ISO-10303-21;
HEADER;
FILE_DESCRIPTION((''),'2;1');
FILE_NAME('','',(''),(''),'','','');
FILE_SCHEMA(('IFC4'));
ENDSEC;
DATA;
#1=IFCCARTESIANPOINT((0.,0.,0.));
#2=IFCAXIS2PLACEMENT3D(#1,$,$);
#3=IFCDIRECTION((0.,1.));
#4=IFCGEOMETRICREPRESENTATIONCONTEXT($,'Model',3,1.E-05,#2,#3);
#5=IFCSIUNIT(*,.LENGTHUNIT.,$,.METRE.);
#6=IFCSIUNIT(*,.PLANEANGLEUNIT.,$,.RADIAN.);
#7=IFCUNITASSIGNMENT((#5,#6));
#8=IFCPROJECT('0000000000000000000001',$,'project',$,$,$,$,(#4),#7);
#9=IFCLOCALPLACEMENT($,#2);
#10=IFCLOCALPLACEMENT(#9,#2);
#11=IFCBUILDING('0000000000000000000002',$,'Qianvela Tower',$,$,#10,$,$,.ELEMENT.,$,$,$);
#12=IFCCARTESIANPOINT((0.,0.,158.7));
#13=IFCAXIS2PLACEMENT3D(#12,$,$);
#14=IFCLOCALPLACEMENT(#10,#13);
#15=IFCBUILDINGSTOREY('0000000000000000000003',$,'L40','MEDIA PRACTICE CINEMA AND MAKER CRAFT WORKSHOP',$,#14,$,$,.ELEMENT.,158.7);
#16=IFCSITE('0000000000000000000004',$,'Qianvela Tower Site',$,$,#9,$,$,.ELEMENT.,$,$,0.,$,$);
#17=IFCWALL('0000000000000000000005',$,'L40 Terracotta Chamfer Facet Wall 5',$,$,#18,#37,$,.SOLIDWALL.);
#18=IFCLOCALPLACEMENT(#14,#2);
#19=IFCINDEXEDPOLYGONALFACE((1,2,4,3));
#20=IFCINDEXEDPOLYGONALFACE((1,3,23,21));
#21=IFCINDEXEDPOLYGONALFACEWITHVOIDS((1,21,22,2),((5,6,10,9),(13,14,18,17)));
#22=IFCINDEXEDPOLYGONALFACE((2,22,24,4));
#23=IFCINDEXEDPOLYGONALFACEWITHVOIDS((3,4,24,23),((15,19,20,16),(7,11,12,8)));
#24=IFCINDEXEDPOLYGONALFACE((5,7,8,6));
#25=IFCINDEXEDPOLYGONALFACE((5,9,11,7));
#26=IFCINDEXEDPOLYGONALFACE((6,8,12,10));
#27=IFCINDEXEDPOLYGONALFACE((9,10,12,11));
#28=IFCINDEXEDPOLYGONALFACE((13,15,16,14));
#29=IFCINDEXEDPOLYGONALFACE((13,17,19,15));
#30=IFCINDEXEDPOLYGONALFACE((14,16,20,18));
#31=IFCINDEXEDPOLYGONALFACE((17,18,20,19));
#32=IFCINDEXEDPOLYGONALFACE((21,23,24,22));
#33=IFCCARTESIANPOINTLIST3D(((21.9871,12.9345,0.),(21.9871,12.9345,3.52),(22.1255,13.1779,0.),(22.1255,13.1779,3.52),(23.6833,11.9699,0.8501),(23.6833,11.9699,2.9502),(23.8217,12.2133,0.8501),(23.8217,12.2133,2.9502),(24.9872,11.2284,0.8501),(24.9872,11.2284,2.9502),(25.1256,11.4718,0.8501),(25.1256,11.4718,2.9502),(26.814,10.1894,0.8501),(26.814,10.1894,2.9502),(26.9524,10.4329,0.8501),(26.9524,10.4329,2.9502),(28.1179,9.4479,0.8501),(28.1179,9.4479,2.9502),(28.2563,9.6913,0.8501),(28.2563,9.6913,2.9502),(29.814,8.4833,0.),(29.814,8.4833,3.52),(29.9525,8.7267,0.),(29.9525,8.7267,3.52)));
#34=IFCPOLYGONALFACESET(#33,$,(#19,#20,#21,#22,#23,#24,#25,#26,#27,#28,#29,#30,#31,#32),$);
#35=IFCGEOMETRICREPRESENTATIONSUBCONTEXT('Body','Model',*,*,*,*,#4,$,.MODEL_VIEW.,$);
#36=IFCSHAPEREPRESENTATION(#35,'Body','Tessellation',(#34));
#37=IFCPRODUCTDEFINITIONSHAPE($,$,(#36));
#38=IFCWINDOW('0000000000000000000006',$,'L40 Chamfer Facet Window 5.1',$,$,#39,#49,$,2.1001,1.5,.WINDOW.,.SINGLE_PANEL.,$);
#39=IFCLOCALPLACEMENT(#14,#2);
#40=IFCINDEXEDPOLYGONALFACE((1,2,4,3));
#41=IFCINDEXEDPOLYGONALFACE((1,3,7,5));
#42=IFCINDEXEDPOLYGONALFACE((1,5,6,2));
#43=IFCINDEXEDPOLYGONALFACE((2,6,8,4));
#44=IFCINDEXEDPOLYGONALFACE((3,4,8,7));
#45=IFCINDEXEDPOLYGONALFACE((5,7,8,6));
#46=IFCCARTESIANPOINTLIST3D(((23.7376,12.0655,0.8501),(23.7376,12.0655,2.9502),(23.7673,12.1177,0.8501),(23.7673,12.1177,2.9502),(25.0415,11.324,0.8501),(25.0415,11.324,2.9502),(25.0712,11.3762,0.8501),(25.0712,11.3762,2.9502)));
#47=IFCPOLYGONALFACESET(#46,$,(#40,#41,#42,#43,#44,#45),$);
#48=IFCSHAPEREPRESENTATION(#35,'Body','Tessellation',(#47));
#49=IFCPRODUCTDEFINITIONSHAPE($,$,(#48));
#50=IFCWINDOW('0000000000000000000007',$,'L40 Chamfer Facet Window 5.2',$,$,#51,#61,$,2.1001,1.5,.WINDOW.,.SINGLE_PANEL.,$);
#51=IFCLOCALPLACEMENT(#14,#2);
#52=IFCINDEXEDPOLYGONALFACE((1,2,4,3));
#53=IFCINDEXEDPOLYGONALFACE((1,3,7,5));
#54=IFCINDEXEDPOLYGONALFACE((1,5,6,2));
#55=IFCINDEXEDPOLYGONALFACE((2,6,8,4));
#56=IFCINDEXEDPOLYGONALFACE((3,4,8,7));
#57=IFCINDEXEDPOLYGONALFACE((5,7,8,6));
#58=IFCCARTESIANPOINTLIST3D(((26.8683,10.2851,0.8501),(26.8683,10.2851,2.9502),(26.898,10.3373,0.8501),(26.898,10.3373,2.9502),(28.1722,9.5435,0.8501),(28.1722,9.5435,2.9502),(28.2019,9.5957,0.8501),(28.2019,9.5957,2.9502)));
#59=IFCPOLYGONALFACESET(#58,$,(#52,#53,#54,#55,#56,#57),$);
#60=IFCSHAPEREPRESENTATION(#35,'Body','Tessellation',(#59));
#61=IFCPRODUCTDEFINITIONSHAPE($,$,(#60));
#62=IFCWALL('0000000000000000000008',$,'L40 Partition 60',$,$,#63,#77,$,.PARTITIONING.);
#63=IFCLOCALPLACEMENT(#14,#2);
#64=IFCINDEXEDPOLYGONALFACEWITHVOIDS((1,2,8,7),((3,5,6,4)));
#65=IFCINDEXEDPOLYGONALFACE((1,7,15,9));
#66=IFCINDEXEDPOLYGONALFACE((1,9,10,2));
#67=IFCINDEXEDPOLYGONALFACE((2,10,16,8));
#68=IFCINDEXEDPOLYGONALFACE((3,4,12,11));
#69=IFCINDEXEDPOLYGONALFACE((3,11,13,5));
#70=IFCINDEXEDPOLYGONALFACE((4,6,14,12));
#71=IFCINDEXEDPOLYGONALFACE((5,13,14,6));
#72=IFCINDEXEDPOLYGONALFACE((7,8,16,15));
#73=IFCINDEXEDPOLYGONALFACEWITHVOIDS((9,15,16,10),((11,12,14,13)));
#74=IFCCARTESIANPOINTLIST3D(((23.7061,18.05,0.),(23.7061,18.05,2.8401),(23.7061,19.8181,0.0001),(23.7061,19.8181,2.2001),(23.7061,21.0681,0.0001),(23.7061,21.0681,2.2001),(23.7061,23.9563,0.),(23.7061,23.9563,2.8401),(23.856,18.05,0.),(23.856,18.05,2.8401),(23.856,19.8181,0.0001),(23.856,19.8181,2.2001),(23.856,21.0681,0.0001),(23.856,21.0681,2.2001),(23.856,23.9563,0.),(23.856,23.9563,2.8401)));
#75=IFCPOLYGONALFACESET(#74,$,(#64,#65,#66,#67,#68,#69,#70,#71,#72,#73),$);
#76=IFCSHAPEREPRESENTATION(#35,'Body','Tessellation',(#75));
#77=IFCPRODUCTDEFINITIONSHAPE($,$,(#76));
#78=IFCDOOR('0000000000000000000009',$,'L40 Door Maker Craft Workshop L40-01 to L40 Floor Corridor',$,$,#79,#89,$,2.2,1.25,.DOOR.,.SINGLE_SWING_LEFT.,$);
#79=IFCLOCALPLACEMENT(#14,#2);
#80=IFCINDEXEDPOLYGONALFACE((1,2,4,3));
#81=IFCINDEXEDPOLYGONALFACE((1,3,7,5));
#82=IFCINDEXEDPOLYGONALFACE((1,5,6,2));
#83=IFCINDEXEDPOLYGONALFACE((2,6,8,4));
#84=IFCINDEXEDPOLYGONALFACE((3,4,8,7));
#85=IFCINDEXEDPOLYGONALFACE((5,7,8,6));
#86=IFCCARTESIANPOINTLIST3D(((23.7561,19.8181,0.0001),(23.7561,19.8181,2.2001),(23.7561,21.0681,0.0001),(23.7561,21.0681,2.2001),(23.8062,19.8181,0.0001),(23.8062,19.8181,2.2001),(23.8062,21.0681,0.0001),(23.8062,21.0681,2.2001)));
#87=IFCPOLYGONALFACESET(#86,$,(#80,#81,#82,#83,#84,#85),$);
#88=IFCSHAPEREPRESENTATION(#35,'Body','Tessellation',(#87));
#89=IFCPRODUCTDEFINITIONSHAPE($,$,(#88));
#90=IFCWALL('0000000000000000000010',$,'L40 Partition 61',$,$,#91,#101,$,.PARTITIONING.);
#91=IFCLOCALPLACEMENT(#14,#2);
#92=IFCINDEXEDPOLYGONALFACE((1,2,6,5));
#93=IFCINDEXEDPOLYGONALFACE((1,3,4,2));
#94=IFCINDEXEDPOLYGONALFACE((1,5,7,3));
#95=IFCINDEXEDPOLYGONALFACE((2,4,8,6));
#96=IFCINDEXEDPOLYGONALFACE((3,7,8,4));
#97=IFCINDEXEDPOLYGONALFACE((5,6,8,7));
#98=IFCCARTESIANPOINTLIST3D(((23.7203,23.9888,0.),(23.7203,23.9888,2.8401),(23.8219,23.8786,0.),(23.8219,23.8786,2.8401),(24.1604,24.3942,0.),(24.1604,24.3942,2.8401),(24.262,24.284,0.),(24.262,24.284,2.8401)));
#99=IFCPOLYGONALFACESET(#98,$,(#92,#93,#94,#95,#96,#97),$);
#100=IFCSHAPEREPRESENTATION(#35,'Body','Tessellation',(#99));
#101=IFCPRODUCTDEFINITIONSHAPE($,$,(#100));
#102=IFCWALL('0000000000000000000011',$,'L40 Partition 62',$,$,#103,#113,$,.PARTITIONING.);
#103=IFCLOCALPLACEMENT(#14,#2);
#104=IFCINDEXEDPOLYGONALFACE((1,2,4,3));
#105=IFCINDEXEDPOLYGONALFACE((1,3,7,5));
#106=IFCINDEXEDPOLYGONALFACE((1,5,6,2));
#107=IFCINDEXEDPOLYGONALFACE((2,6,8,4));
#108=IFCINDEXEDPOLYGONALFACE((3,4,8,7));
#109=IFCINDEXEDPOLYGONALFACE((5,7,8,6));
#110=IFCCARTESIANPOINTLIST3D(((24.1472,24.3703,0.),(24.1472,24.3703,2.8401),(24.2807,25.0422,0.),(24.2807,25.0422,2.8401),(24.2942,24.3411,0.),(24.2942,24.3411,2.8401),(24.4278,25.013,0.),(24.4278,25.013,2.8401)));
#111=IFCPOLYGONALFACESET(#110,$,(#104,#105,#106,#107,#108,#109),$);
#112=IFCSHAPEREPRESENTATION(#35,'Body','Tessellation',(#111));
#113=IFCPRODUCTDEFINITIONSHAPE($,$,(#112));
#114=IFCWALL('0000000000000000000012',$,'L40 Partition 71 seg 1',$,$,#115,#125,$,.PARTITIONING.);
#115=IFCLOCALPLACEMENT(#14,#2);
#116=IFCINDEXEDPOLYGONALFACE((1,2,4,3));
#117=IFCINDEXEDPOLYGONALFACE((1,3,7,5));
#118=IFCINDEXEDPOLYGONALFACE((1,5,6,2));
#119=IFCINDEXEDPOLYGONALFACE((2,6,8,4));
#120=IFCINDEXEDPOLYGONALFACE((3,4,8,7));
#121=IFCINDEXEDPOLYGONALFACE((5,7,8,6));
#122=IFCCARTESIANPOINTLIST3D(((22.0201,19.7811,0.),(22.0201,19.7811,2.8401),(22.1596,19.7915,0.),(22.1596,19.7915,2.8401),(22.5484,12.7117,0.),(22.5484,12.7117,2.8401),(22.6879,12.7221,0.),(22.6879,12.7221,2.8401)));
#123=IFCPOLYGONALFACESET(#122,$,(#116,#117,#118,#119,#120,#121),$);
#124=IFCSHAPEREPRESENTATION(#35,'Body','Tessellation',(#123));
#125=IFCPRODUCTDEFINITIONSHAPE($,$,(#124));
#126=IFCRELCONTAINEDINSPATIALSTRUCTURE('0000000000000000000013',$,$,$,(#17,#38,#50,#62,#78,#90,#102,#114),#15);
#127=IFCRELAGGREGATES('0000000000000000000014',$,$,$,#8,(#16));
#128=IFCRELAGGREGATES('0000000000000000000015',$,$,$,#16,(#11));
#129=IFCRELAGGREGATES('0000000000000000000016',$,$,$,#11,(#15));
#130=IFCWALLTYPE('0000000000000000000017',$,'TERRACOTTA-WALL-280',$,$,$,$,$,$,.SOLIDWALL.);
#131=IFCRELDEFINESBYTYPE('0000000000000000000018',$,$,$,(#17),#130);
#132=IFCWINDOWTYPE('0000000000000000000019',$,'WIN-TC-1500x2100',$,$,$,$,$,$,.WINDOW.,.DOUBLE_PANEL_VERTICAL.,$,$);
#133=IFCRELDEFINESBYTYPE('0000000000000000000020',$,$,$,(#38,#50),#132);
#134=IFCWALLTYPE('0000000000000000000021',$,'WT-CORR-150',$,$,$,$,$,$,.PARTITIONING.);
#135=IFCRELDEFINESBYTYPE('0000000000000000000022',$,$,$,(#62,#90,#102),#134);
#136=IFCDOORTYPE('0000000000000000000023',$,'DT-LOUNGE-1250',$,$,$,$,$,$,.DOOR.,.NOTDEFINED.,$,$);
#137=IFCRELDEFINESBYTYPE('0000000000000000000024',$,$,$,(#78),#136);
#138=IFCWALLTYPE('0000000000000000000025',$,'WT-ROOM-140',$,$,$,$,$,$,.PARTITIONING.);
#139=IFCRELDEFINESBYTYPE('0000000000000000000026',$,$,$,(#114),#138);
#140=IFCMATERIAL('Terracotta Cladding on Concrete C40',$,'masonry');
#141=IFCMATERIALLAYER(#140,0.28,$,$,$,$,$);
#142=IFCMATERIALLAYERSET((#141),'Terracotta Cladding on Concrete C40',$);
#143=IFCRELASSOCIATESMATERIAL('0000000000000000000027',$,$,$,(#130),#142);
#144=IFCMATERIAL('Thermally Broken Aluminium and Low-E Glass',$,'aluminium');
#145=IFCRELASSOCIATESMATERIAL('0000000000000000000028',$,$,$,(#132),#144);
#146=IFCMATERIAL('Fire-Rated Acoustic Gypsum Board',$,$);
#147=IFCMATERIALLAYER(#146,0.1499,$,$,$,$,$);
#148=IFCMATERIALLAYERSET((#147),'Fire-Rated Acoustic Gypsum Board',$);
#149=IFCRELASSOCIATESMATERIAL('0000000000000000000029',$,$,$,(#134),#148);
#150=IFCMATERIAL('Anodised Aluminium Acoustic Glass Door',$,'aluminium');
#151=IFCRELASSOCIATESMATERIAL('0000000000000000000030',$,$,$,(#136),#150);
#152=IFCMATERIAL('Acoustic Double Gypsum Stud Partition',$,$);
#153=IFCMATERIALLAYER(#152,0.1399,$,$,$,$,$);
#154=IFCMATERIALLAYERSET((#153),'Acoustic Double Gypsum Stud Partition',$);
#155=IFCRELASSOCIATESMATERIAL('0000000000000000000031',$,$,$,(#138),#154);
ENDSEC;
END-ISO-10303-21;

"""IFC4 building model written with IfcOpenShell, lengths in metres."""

from ifc_helpers import new_model, si_unit, direction, frame, frame_2d, origin, place, context, subcontext, project, spatial, rectangle, extrude, material, layer, layer_set, type_object, element, fill, save


model = new_model("IFC4")

# Units and contexts
model_context = context("Model", 3, precision=1e-05, world=origin(), true_north=direction((0.0, 1.0)))
body_context = subcontext(model_context, "Body", "Model", "MODEL_VIEW")
ifc_project = project(units=[si_unit("LENGTHUNIT", "METRE"), si_unit("PLANEANGLEUNIT", "RADIAN")], contexts=[model_context])

# Site, building, storey
site_placement = place(None, origin())
site = spatial("IfcSite", under=ifc_project, at=site_placement, Name="Qianvela Tower Site", CompositionType="ELEMENT", RefElevation=0.0)
building_placement = place(site_placement, origin())
building = spatial("IfcBuilding", under=site, at=building_placement, Name="Qianvela Tower", CompositionType="ELEMENT")
storey_placement = place(building_placement, frame((0.0, 0.0, 158.7)))
storey = spatial("IfcBuildingStorey", under=building, at=storey_placement, Name="L40", Description="MEDIA PRACTICE CINEMA AND MAKER CRAFT WORKSHOP", CompositionType="ELEMENT", Elevation=158.7)

# Wall, openings, windows
ifc_material_1 = material(Name="Terracotta Cladding on Concrete C40", Category="masonry")
ifc_layer_1 = layer(ifc_material_1, 0.28)
ifc_layer_set_1 = layer_set([ifc_layer_1], Name="Terracotta Cladding on Concrete C40")
wall_type_1 = type_object("IfcWallType", Name="TERRACOTTA-WALL-280", PredefinedType="SOLIDWALL", material=ifc_layer_set_1)
wall_1_placement = place(storey_placement, frame((22.0564, 13.0562, 0.0), z_axis=(0.0, 0.0, 1.0), x_axis=(0.869262, -0.494351, 0.0)))
wall_1 = element("IfcWall", 1, at=wall_1_placement, inside=storey, type_object=wall_type_1, Name="L40 Terracotta Chamfer Facet Wall 5", PredefinedType="SOLIDWALL", context=body_context, shape_type="SweptSolid", body=[
    extrude(rectangle(XDim=9.0042, YDim=0.28, at=frame_2d((4.502, 0.0))), origin(), (0.0, 0.0, 1.0), 3.52),
])
opening_1_placement = place(wall_1_placement, frame((1.9512, 0.0, 0.8501)))
opening_1 = element("IfcOpeningElement", 2, at=opening_1_placement, cuts=wall_1, PredefinedType="OPENING", context=body_context, shape_type="SweptSolid", body=[
    extrude(rectangle(XDim=1.5, YDim=2.1001, at=frame_2d((0.75, 1.05))), frame((0.0, 0.1499, 0.0), z_axis=(0.0, -1.0, 0.0), x_axis=(1.0, 0.0, 0.0)), (0.0, 0.0, 1.0), 0.3),
])
opening_2_placement = place(wall_1_placement, frame((5.5527, 0.0, 0.8501)))
opening_2 = element("IfcOpeningElement", 3, at=opening_2_placement, cuts=wall_1, PredefinedType="OPENING", context=body_context, shape_type="SweptSolid", body=[
    extrude(rectangle(XDim=1.5, YDim=2.1001, at=frame_2d((0.75, 1.05))), frame((0.0, 0.1499, 0.0), z_axis=(0.0, -1.0, 0.0), x_axis=(1.0, 0.0, 0.0)), (0.0, 0.0, 1.0), 0.3),
])
ifc_material_2 = material(Name="Thermally Broken Aluminium and Low-E Glass", Category="aluminium")
window_type = type_object("IfcWindowType", Name="WIN-TC-1500x2100", PartitioningType="DOUBLE_PANEL_VERTICAL", PredefinedType="WINDOW", material=ifc_material_2)
window_1_placement = place(opening_1_placement, origin())
window_1 = element("IfcWindow", 4, at=window_1_placement, inside=storey, type_object=window_type, Name="L40 Chamfer Facet Window 5.1", OverallHeight=2.1001, OverallWidth=1.5, PartitioningType="SINGLE_PANEL", PredefinedType="WINDOW", context=body_context, shape_type="SweptSolid", body=[
    extrude(rectangle(XDim=1.5, YDim=2.1001, at=frame_2d((0.75, 1.05))), frame((0.0, 0.03, 0.0), z_axis=(0.0, -1.0, 0.0), x_axis=(1.0, 0.0, 0.0)), (0.0, 0.0, 1.0), 0.0601),
])
fill(opening_1, window_1)
window_2_placement = place(opening_2_placement, origin())
window_2 = element("IfcWindow", 5, at=window_2_placement, inside=storey, type_object=window_type, Name="L40 Chamfer Facet Window 5.2", OverallHeight=2.1001, OverallWidth=1.5, PartitioningType="SINGLE_PANEL", PredefinedType="WINDOW", context=body_context, shape_type="SweptSolid", body=[
    extrude(rectangle(XDim=1.5, YDim=2.1001, at=frame_2d((0.75, 1.05))), frame((0.0, 0.03, 0.0), z_axis=(0.0, -1.0, 0.0), x_axis=(1.0, 0.0, 0.0)), (0.0, 0.0, 1.0), 0.0601),
])
fill(opening_2, window_2)

# Wall, opening, door
ifc_material_3 = material(Name="Fire-Rated Acoustic Gypsum Board")
ifc_layer_2 = layer(ifc_material_3, 0.1499)
ifc_layer_set_2 = layer_set([ifc_layer_2], Name="Fire-Rated Acoustic Gypsum Board")
wall_type_2 = type_object("IfcWallType", Name="WT-CORR-150", PredefinedType="PARTITIONING", material=ifc_layer_set_2)
wall_2_placement = place(storey_placement, frame((23.781, 18.05, 0.0), z_axis=(0.0, 0.0, 1.0), x_axis=(0.0, 1.0, 0.0)))
wall_2 = element("IfcWall", 6, at=wall_2_placement, inside=storey, type_object=wall_type_2, Name="L40 Partition 60", PredefinedType="PARTITIONING", context=body_context, shape_type="SweptSolid", body=[
    extrude(rectangle(XDim=5.9062, YDim=0.1499, at=frame_2d((2.9531, 0.0))), origin(), (0.0, 0.0, 1.0), 2.8401),
])
opening_3_placement = place(wall_2_placement, frame((1.7681, 0.0, 0.0)))
opening_3 = element("IfcOpeningElement", 7, at=opening_3_placement, cuts=wall_2, PredefinedType="OPENING", context=body_context, shape_type="SweptSolid", body=[
    extrude(rectangle(XDim=1.25, YDim=2.2, at=frame_2d((0.625, 1.1001))), frame((0.0, 0.085, 0.0), z_axis=(0.0, -1.0, 0.0), x_axis=(1.0, 0.0, 0.0)), (0.0, 0.0, 1.0), 0.1699),
])
ifc_material_4 = material(Name="Anodised Aluminium Acoustic Glass Door", Category="aluminium")
door_type = type_object("IfcDoorType", Name="DT-LOUNGE-1250", OperationType="NOTDEFINED", PredefinedType="DOOR", material=ifc_material_4)
door_placement = place(opening_3_placement, origin())
door = element("IfcDoor", 8, at=door_placement, inside=storey, type_object=door_type, Name="L40 Door Maker Craft Workshop L40-01 to L40 Floor Corridor", OperationType="SINGLE_SWING_LEFT", OverallHeight=2.2, OverallWidth=1.25, PredefinedType="DOOR", context=body_context, shape_type="SweptSolid", body=[
    extrude(rectangle(XDim=1.25, YDim=2.2, at=frame_2d((0.625, 1.1001))), frame((0.0, 0.0249, 0.0), z_axis=(0.0, -1.0, 0.0), x_axis=(1.0, 0.0, 0.0)), (0.0, 0.0, 1.0), 0.05),
])
fill(opening_3, door)

# Walls
wall_3_placement = place(storey_placement, frame((23.771, 23.9336, 0.0), z_axis=(0.0, 0.0, 1.0), x_axis=(0.735476, 0.677551, 0.0)))
element("IfcWall", 9, at=wall_3_placement, inside=storey, type_object=wall_type_2, Name="L40 Partition 61", PredefinedType="PARTITIONING", context=body_context, shape_type="SweptSolid", body=[
    extrude(rectangle(XDim=0.5984, YDim=0.1499, at=frame_2d((0.2993, 0.0))), origin(), (0.0, 0.0, 1.0), 2.8401),
])
wall_4_placement = place(storey_placement, frame((24.2207, 24.3557, 0.0), z_axis=(0.0, 0.0, 1.0), x_axis=(0.194951, 0.980813, 0.0)))
element("IfcWall", 10, at=wall_4_placement, inside=storey, type_object=wall_type_2, Name="L40 Partition 62", PredefinedType="PARTITIONING", context=body_context, shape_type="SweptSolid", body=[
    extrude(rectangle(XDim=0.6851, YDim=0.1499, at=frame_2d((0.3425, 0.0))), origin(), (0.0, 0.0, 1.0), 2.8401),
])
ifc_material_5 = material(Name="Acoustic Double Gypsum Stud Partition")
ifc_layer_3 = layer(ifc_material_5, 0.1399)
ifc_layer_set_3 = layer_set([ifc_layer_3], Name="Acoustic Double Gypsum Stud Partition")
wall_type_3 = type_object("IfcWallType", Name="WT-ROOM-140", PredefinedType="PARTITIONING", material=ifc_layer_set_3)
wall_5_placement = place(storey_placement, frame((22.6182, 12.717, 0.0), z_axis=(0.0, 0.0, 1.0), x_axis=(-0.074526, 0.997219, 0.0)))
element("IfcWall", 11, at=wall_5_placement, inside=storey, type_object=wall_type_3, Name="L40 Partition 71 seg 1", PredefinedType="PARTITIONING", context=body_context, shape_type="SweptSolid", body=[
    extrude(rectangle(XDim=7.0891, YDim=0.1399, at=frame_2d((3.5444, 0.0))), origin(), (0.0, 0.0, 1.0), 2.8401),
])

save(model, "model.ifc")
